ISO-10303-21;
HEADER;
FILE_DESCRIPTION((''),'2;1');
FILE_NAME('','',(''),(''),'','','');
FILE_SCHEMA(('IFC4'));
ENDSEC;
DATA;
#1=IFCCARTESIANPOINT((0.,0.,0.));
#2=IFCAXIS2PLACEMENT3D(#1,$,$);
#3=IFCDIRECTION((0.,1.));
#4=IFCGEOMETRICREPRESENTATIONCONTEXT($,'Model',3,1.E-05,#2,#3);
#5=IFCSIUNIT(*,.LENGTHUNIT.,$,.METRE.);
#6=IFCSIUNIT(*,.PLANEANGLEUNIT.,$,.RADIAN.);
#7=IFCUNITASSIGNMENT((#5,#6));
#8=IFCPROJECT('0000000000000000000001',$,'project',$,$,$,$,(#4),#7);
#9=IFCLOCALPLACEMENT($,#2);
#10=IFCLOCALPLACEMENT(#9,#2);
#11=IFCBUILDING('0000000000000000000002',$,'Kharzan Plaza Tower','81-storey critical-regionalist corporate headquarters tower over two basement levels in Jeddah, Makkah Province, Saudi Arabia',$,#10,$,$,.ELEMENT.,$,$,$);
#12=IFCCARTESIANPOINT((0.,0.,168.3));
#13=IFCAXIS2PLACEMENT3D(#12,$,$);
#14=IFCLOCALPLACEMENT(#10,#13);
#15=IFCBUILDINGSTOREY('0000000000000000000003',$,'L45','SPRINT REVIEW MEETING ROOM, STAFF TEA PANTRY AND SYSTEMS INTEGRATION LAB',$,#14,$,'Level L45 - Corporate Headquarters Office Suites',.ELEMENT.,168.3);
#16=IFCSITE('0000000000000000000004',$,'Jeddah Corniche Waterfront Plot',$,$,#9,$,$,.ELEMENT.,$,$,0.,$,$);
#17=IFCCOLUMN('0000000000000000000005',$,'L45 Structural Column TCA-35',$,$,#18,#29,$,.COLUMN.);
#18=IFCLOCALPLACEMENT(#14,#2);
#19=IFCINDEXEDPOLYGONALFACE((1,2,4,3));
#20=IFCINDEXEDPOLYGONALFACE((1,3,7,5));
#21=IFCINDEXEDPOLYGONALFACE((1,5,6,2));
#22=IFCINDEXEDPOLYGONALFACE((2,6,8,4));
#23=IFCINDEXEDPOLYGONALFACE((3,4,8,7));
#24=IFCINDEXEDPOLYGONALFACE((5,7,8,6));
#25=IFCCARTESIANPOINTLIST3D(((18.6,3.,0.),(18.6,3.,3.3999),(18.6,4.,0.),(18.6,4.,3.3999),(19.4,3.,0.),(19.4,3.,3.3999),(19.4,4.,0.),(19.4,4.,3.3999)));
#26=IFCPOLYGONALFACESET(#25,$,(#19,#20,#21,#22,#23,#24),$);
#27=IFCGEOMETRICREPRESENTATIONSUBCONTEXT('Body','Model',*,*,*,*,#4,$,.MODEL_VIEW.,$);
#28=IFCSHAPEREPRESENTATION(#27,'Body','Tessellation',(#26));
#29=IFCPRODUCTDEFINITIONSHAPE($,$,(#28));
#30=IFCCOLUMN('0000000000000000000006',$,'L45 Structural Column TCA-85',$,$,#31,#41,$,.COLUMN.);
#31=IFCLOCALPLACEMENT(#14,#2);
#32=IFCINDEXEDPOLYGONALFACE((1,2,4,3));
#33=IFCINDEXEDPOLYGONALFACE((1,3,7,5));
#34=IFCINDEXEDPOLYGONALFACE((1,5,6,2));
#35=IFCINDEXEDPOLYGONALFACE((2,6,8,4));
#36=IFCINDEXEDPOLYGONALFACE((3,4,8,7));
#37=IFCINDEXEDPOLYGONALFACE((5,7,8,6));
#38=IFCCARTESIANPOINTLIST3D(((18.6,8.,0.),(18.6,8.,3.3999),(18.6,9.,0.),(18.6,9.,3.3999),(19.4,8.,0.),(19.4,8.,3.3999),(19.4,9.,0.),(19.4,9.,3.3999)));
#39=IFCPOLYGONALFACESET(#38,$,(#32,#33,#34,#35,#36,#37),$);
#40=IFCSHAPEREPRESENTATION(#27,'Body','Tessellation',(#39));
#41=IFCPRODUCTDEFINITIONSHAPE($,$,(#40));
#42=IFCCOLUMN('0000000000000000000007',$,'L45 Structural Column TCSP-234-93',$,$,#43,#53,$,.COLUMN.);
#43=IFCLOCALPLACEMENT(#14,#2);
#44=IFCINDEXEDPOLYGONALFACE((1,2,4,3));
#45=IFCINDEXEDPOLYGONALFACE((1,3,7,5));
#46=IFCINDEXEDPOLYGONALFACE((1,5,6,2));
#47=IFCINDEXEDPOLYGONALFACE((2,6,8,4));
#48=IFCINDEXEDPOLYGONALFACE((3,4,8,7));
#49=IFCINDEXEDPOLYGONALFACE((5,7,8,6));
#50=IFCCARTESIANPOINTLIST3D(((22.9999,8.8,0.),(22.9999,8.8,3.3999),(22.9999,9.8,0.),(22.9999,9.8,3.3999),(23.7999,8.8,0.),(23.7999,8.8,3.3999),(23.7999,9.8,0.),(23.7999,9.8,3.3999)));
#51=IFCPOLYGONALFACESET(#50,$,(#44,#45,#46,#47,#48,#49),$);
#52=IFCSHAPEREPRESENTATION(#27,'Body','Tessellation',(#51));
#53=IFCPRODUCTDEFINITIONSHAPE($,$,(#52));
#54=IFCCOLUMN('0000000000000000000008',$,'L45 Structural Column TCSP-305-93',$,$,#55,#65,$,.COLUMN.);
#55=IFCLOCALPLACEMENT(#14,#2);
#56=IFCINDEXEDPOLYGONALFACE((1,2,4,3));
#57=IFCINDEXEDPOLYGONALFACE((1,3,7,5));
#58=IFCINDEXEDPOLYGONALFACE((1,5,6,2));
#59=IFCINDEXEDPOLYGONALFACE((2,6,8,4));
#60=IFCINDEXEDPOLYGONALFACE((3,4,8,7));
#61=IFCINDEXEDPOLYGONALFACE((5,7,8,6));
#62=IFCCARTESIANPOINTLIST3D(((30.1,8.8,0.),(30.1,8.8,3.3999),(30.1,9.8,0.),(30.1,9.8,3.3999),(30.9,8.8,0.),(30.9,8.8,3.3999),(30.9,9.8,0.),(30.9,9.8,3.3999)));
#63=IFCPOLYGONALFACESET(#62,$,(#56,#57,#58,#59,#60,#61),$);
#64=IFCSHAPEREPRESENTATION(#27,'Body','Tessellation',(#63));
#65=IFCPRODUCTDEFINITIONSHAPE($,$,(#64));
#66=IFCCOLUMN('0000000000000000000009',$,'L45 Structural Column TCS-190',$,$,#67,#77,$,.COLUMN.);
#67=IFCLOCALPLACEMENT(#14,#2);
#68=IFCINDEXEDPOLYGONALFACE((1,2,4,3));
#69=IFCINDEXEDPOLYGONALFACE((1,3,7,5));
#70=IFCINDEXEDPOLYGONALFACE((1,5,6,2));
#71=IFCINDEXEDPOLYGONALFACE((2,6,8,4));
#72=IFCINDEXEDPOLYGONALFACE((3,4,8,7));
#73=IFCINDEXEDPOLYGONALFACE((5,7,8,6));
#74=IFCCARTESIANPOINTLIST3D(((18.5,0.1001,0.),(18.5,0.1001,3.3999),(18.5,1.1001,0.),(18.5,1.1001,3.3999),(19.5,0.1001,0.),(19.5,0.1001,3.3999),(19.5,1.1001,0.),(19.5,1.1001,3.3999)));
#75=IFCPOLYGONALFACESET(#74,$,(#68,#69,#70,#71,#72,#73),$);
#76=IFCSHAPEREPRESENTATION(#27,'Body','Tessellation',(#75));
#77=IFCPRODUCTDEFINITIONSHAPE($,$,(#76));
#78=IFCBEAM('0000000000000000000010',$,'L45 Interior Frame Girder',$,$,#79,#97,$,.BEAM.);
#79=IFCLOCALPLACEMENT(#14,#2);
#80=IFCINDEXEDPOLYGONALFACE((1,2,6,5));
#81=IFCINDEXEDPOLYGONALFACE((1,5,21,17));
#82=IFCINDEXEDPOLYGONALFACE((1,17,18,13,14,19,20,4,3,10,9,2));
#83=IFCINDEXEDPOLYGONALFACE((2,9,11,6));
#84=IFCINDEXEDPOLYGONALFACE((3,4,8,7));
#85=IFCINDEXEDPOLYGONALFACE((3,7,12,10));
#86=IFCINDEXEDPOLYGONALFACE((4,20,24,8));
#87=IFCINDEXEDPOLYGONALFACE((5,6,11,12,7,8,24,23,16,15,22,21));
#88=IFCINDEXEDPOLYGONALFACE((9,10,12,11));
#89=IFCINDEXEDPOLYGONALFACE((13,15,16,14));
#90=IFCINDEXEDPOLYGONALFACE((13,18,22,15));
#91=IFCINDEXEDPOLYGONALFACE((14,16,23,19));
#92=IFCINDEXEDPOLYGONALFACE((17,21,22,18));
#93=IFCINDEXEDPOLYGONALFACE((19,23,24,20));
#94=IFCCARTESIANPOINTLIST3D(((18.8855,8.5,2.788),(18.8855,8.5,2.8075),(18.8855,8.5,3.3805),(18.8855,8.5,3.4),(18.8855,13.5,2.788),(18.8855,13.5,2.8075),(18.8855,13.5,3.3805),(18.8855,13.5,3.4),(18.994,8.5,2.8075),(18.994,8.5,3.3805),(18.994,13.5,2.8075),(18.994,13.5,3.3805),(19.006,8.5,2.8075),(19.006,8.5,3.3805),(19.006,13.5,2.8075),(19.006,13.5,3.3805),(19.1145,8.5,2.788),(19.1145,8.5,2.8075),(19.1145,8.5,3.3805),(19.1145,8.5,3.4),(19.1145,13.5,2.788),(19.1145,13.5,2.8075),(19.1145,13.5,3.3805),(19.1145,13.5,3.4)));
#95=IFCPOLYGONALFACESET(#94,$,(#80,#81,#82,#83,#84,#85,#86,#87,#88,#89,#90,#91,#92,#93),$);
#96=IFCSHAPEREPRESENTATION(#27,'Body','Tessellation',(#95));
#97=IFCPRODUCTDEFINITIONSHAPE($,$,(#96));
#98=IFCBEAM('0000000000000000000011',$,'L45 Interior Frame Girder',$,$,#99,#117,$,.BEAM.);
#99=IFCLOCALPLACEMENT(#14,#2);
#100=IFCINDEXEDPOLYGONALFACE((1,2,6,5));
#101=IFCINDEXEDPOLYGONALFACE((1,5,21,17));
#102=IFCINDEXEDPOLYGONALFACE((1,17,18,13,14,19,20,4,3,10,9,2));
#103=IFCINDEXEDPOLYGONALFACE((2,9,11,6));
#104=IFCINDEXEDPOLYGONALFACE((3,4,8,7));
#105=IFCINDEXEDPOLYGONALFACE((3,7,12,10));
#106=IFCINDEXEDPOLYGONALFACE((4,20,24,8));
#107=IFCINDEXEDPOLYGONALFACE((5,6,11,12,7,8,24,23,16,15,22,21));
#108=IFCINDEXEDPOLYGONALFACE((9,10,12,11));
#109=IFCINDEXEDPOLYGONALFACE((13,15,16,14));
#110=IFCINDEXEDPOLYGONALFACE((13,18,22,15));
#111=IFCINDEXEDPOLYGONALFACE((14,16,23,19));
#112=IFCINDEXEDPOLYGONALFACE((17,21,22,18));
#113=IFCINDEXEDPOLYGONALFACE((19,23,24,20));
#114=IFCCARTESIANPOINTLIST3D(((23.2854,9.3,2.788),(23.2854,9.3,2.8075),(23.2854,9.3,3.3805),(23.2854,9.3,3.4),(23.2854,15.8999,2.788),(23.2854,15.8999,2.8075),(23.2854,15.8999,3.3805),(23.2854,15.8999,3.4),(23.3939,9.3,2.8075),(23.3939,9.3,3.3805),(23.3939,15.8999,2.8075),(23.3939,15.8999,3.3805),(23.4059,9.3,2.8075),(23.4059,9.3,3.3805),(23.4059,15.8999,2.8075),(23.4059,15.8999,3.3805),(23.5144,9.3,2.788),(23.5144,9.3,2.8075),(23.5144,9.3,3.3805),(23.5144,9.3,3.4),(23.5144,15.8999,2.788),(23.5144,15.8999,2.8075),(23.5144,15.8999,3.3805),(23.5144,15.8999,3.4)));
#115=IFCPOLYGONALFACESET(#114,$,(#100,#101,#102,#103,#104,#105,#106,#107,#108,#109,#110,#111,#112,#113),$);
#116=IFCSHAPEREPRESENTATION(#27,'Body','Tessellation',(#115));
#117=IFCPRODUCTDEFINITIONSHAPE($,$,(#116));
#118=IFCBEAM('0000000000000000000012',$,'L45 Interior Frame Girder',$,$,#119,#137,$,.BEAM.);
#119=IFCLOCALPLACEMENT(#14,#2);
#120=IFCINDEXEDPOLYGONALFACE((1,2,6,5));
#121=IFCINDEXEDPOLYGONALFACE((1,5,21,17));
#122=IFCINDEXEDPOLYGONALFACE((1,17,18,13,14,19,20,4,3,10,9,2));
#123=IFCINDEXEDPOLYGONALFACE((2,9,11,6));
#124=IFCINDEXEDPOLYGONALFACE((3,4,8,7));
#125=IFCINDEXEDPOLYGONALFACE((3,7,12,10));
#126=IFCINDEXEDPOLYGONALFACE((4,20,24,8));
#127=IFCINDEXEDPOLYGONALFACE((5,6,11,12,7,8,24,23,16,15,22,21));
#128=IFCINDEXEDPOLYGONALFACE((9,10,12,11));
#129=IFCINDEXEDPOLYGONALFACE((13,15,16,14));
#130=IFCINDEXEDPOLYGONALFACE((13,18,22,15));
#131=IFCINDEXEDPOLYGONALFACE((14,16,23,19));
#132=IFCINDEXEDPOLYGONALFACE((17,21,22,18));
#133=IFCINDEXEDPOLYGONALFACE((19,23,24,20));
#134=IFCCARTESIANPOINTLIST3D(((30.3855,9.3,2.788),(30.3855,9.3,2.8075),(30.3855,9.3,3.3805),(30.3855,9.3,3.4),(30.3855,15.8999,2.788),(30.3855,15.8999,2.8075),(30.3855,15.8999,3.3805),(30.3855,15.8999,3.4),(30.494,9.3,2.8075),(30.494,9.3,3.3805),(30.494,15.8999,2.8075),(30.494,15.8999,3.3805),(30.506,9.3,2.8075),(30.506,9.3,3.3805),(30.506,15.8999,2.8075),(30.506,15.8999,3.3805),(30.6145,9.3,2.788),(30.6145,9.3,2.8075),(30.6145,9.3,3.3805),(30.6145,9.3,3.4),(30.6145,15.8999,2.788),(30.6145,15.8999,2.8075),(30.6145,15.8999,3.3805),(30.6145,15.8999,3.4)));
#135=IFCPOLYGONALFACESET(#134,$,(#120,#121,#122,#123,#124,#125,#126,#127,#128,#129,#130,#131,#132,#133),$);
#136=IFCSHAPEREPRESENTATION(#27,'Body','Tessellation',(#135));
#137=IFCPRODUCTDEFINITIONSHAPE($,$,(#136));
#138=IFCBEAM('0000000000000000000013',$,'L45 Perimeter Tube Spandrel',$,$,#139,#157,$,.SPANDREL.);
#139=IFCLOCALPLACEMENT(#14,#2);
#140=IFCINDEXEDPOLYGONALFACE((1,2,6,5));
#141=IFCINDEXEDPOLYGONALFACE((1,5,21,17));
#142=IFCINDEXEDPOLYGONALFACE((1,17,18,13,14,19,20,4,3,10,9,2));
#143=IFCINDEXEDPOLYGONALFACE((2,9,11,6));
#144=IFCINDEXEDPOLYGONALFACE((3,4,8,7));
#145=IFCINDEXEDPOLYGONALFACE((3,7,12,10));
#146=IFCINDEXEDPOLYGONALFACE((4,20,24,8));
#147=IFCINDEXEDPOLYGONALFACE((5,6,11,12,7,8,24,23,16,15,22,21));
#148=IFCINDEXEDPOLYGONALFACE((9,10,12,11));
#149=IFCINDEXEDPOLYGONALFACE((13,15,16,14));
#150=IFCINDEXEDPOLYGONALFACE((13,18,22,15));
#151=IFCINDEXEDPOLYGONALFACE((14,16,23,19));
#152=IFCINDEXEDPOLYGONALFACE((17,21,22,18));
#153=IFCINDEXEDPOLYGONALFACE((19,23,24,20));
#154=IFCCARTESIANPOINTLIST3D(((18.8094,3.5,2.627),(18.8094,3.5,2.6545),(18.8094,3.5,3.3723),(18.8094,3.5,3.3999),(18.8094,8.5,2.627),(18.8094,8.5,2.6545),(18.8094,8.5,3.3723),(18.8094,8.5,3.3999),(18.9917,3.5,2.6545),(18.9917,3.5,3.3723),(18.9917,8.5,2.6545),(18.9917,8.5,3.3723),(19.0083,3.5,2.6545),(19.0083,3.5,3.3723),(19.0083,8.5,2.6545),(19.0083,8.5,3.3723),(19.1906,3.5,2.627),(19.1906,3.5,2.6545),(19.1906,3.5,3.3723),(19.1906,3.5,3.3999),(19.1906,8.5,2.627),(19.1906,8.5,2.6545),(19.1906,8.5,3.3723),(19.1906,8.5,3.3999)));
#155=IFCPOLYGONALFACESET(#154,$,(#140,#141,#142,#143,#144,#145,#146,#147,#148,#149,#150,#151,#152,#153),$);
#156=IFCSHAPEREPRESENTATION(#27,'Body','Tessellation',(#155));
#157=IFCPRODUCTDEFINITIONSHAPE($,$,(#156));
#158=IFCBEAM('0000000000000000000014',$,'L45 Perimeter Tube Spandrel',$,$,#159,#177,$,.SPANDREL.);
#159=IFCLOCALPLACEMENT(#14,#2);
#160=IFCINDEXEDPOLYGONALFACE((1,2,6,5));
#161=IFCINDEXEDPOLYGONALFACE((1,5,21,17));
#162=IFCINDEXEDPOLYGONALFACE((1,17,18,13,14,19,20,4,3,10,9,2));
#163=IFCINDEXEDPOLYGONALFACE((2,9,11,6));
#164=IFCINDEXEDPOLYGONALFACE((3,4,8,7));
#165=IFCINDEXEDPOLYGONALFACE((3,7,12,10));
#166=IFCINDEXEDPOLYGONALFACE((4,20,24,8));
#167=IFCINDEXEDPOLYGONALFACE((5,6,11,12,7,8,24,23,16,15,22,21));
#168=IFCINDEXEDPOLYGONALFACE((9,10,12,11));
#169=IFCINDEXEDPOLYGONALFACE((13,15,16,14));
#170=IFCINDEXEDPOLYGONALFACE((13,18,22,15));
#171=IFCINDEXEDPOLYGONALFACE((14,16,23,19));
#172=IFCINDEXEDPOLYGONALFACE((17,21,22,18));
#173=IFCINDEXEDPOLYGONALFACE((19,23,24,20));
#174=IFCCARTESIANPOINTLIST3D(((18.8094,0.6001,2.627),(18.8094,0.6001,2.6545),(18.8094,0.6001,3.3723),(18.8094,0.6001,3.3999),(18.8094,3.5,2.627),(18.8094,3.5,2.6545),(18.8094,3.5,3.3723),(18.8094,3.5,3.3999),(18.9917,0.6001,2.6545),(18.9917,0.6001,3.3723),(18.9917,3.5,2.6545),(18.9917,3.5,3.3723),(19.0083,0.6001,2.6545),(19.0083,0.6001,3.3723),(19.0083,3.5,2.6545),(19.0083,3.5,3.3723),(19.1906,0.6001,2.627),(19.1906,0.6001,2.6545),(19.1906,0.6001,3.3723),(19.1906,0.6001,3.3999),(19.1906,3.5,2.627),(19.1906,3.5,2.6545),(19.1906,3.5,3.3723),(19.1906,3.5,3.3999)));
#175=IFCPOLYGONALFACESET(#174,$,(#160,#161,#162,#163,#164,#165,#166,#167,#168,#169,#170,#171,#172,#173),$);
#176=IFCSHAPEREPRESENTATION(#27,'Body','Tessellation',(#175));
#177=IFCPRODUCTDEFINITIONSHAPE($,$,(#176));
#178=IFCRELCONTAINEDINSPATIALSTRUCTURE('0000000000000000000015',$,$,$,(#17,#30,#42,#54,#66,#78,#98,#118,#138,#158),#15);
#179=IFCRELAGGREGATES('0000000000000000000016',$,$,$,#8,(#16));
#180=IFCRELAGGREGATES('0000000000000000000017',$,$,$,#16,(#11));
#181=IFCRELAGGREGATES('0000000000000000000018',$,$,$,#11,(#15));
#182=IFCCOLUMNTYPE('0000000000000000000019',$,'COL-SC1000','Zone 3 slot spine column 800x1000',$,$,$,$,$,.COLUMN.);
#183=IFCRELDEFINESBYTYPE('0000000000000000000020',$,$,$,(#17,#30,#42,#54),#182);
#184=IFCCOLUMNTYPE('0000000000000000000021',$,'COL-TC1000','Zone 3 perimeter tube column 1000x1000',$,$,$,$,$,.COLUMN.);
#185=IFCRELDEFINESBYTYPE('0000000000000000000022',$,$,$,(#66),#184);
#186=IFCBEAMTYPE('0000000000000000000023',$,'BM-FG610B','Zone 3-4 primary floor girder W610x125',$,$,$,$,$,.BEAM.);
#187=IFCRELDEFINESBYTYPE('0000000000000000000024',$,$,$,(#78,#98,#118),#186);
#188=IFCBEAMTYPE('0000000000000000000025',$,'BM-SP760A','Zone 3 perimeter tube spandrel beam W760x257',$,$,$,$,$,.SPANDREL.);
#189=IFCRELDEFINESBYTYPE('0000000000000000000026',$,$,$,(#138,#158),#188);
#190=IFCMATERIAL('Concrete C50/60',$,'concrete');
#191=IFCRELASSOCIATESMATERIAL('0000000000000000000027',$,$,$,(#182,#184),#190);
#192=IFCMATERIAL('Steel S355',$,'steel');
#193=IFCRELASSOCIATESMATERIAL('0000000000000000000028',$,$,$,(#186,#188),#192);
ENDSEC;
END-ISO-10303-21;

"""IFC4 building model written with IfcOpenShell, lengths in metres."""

from ifc_helpers import new_model, si_unit, direction, frame, origin, origin_2d, place, context, subcontext, project, spatial, rectangle, i_section, extrude, source, transform, mapped, material, material_profile, profile_set, type_object, element, save


model = new_model("IFC4")

# Units and contexts
model_context = context("Model", 3, precision=1e-05, world=origin(), true_north=direction((0.0, 1.0)))
body_context = subcontext(model_context, "Body", "Model", "MODEL_VIEW")
ifc_project = project(units=[si_unit("LENGTHUNIT", "METRE"), si_unit("PLANEANGLEUNIT", "RADIAN")], contexts=[model_context])

# Site, building, storey
site_placement = place(None, origin())
site = spatial("IfcSite", under=ifc_project, at=site_placement, Name="Jeddah Corniche Waterfront Plot", CompositionType="ELEMENT", RefElevation=0.0)
building_placement = place(site_placement, origin())
building = spatial("IfcBuilding", under=site, at=building_placement, Name="Kharzan Plaza Tower", Description="81-storey critical-regionalist corporate headquarters tower over two basement levels in Jeddah, Makkah Province, Saudi Arabia", CompositionType="ELEMENT")
storey_placement = place(building_placement, frame((0.0, 0.0, 168.3)))
storey = spatial("IfcBuildingStorey", under=building, at=storey_placement, Name="L45", Description="SPRINT REVIEW MEETING ROOM, STAFF TEA PANTRY AND SYSTEMS INTEGRATION LAB", LongName="Level L45 - Corporate Headquarters Office Suites", CompositionType="ELEMENT", Elevation=168.3)

# Columns
ifc_material_1 = material(Name="Concrete C50/60", Category="concrete")
ifc_material_profile_1 = material_profile(ifc_material_1, rectangle(XDim=0.8, YDim=1.0, at=origin_2d()), Name="RC-SC1000x800")
ifc_profile_set_1 = profile_set([ifc_material_profile_1], Name="Concrete C50/60")
column_type_1 = type_object("IfcColumnType", Name="COL-SC1000", Description="Zone 3 slot spine column 800x1000", PredefinedType="COLUMN", material=ifc_profile_set_1)
shared_shape_1 = source(origin(), body_context, "Body", "SweptSolid", [
    extrude(rectangle(XDim=0.8, YDim=1.0, at=origin_2d()), origin(), (0.0, 0.0, 1.0), 3.3999),
])
for number, where, z_axis, x_axis, name in (
    (1, (19.0, 3.5, 0.0), (0.0, 0.0, 1.0), (1.0, 0.0, 0.0), "L45 Structural Column TCA-35"),
    (2, (19.0, 8.5, 0.0), (0.0, 0.0, 1.0), (1.0, 0.0, 0.0), "L45 Structural Column TCA-85"),
    (3, (23.3999, 9.3, 0.0), (0.0, 0.0, 1.0), (1.0, 0.0, 0.0), "L45 Structural Column TCSP-234-93"),
    (4, (30.5, 9.3, 0.0), (0.0, 0.0, 1.0), (1.0, 0.0, 0.0), "L45 Structural Column TCSP-305-93"),
):
    element("IfcColumn", number, at=place(storey_placement, frame(where, z_axis=z_axis, x_axis=x_axis)), inside=storey, type_object=column_type_1, Name=name, PredefinedType="COLUMN", context=body_context, shape_type="MappedRepresentation", body=[
        mapped(shared_shape_1, transform((0.0, 0.0, 0.0), x_axis=(1.0, 0.0, 0.0), y_axis=(0.0, 1.0, 0.0), z_axis=(0.0, 0.0, 1.0))),
    ])
ifc_material_profile_2 = material_profile(ifc_material_1, rectangle(XDim=1.0, YDim=1.0, at=origin_2d()), Name="RC-TC1000x1000")
ifc_profile_set_2 = profile_set([ifc_material_profile_2], Name="Concrete C50/60")
column_type_2 = type_object("IfcColumnType", Name="COL-TC1000", Description="Zone 3 perimeter tube column 1000x1000", PredefinedType="COLUMN", material=ifc_profile_set_2)
shared_shape_2 = source(origin(), body_context, "Body", "SweptSolid", [
    extrude(rectangle(XDim=1.0, YDim=1.0, at=origin_2d()), origin(), (0.0, 0.0, 1.0), 3.3999),
])
column_placement = place(storey_placement, frame((19.0, 0.6001, 0.0), z_axis=(0.0, 0.0, 1.0), x_axis=(1.0, 0.0, 0.0)))
element("IfcColumn", 5, at=column_placement, inside=storey, type_object=column_type_2, Name="L45 Structural Column TCS-190", PredefinedType="COLUMN", context=body_context, shape_type="MappedRepresentation", body=[
    mapped(shared_shape_2, transform((0.0, 0.0, 0.0), x_axis=(1.0, 0.0, 0.0), y_axis=(0.0, 1.0, 0.0), z_axis=(0.0, 0.0, 1.0))),
])

# Beams
ifc_material_2 = material(Name="Steel S355", Category="steel")
ifc_material_profile_3 = material_profile(ifc_material_2, i_section(OverallWidth=0.229, OverallDepth=0.6121, WebThickness=0.012, FlangeThickness=0.0195, at=origin_2d()), Name="W610x125")
ifc_profile_set_3 = profile_set([ifc_material_profile_3], Name="Steel S355")
beam_type_1 = type_object("IfcBeamType", Name="BM-FG610B", Description="Zone 3-4 primary floor girder W610x125", PredefinedType="BEAM", material=ifc_profile_set_3)
shared_shape_3 = source(origin(), body_context, "Body", "SweptSolid", [
    extrude(i_section(OverallWidth=0.229, OverallDepth=0.6121, WebThickness=0.012, FlangeThickness=0.0195, at=origin_2d()), origin(), (0.0, 0.0, 1.0), 5.0),
])
beam_1_placement = place(storey_placement, frame((19.0, 8.5, 3.094), z_axis=(0.0, 1.0, 0.0), x_axis=(-1.0, 0.0, 0.0)))
element("IfcBeam", 6, at=beam_1_placement, inside=storey, type_object=beam_type_1, Name="L45 Interior Frame Girder", PredefinedType="BEAM", context=body_context, shape_type="MappedRepresentation", body=[
    mapped(shared_shape_3, transform((0.0, 0.0, 0.0), x_axis=(1.0, 0.0, 0.0), y_axis=(0.0, 1.0, 0.0), z_axis=(0.0, 0.0, 1.0))),
])
shared_shape_4 = source(origin(), body_context, "Body", "SweptSolid", [
    extrude(i_section(OverallWidth=0.229, OverallDepth=0.6121, WebThickness=0.012, FlangeThickness=0.0195, at=origin_2d()), origin(), (0.0, 0.0, 1.0), 6.5999),
])
for number, where, z_axis, x_axis, name in (
    (7, (23.3999, 9.3, 3.094), (0.0, 1.0, 0.0), (-1.0, 0.0, 0.0), "L45 Interior Frame Girder"),
    (8, (30.5, 9.3, 3.094), (0.0, 1.0, 0.0), (-1.0, 0.0, 0.0), "L45 Interior Frame Girder"),
):
    element("IfcBeam", number, at=place(storey_placement, frame(where, z_axis=z_axis, x_axis=x_axis)), inside=storey, type_object=beam_type_1, Name=name, PredefinedType="BEAM", context=body_context, shape_type="MappedRepresentation", body=[
        mapped(shared_shape_4, transform((0.0, 0.0, 0.0), x_axis=(1.0, 0.0, 0.0), y_axis=(0.0, 1.0, 0.0), z_axis=(0.0, 0.0, 1.0))),
    ])
ifc_material_profile_4 = material_profile(ifc_material_2, i_section(OverallWidth=0.3811, OverallDepth=0.7729, WebThickness=0.0166, FlangeThickness=0.0276, at=origin_2d()), Name="W760x257")
ifc_profile_set_4 = profile_set([ifc_material_profile_4], Name="Steel S355")
beam_type_2 = type_object("IfcBeamType", Name="BM-SP760A", Description="Zone 3 perimeter tube spandrel beam W760x257", PredefinedType="SPANDREL", material=ifc_profile_set_4)
shared_shape_5 = source(origin(), body_context, "Body", "SweptSolid", [
    extrude(i_section(OverallWidth=0.3811, OverallDepth=0.7729, WebThickness=0.0166, FlangeThickness=0.0276, at=origin_2d()), origin(), (0.0, 0.0, 1.0), 5.0),
])
beam_2_placement = place(storey_placement, frame((19.0, 3.5, 3.0134), z_axis=(0.0, 1.0, 0.0), x_axis=(-1.0, 0.0, 0.0)))
element("IfcBeam", 9, at=beam_2_placement, inside=storey, type_object=beam_type_2, Name="L45 Perimeter Tube Spandrel", PredefinedType="SPANDREL", context=body_context, shape_type="MappedRepresentation", body=[
    mapped(shared_shape_5, transform((0.0, 0.0, 0.0), x_axis=(1.0, 0.0, 0.0), y_axis=(0.0, 1.0, 0.0), z_axis=(0.0, 0.0, 1.0))),
])
shared_shape_6 = source(origin(), body_context, "Body", "SweptSolid", [
    extrude(i_section(OverallWidth=0.3811, OverallDepth=0.7729, WebThickness=0.0166, FlangeThickness=0.0276, at=origin_2d()), origin(), (0.0, 0.0, 1.0), 2.8999),
])
beam_3_placement = place(storey_placement, frame((19.0, 0.6001, 3.0134), z_axis=(0.0, 1.0, 0.0), x_axis=(-1.0, 0.0, 0.0)))
element("IfcBeam", 10, at=beam_3_placement, inside=storey, type_object=beam_type_2, Name="L45 Perimeter Tube Spandrel", PredefinedType="SPANDREL", context=body_context, shape_type="MappedRepresentation", body=[
    mapped(shared_shape_6, transform((0.0, 0.0, 0.0), x_axis=(1.0, 0.0, 0.0), y_axis=(0.0, 1.0, 0.0), z_axis=(0.0, 0.0, 1.0))),
])

save(model, "model.ifc")
